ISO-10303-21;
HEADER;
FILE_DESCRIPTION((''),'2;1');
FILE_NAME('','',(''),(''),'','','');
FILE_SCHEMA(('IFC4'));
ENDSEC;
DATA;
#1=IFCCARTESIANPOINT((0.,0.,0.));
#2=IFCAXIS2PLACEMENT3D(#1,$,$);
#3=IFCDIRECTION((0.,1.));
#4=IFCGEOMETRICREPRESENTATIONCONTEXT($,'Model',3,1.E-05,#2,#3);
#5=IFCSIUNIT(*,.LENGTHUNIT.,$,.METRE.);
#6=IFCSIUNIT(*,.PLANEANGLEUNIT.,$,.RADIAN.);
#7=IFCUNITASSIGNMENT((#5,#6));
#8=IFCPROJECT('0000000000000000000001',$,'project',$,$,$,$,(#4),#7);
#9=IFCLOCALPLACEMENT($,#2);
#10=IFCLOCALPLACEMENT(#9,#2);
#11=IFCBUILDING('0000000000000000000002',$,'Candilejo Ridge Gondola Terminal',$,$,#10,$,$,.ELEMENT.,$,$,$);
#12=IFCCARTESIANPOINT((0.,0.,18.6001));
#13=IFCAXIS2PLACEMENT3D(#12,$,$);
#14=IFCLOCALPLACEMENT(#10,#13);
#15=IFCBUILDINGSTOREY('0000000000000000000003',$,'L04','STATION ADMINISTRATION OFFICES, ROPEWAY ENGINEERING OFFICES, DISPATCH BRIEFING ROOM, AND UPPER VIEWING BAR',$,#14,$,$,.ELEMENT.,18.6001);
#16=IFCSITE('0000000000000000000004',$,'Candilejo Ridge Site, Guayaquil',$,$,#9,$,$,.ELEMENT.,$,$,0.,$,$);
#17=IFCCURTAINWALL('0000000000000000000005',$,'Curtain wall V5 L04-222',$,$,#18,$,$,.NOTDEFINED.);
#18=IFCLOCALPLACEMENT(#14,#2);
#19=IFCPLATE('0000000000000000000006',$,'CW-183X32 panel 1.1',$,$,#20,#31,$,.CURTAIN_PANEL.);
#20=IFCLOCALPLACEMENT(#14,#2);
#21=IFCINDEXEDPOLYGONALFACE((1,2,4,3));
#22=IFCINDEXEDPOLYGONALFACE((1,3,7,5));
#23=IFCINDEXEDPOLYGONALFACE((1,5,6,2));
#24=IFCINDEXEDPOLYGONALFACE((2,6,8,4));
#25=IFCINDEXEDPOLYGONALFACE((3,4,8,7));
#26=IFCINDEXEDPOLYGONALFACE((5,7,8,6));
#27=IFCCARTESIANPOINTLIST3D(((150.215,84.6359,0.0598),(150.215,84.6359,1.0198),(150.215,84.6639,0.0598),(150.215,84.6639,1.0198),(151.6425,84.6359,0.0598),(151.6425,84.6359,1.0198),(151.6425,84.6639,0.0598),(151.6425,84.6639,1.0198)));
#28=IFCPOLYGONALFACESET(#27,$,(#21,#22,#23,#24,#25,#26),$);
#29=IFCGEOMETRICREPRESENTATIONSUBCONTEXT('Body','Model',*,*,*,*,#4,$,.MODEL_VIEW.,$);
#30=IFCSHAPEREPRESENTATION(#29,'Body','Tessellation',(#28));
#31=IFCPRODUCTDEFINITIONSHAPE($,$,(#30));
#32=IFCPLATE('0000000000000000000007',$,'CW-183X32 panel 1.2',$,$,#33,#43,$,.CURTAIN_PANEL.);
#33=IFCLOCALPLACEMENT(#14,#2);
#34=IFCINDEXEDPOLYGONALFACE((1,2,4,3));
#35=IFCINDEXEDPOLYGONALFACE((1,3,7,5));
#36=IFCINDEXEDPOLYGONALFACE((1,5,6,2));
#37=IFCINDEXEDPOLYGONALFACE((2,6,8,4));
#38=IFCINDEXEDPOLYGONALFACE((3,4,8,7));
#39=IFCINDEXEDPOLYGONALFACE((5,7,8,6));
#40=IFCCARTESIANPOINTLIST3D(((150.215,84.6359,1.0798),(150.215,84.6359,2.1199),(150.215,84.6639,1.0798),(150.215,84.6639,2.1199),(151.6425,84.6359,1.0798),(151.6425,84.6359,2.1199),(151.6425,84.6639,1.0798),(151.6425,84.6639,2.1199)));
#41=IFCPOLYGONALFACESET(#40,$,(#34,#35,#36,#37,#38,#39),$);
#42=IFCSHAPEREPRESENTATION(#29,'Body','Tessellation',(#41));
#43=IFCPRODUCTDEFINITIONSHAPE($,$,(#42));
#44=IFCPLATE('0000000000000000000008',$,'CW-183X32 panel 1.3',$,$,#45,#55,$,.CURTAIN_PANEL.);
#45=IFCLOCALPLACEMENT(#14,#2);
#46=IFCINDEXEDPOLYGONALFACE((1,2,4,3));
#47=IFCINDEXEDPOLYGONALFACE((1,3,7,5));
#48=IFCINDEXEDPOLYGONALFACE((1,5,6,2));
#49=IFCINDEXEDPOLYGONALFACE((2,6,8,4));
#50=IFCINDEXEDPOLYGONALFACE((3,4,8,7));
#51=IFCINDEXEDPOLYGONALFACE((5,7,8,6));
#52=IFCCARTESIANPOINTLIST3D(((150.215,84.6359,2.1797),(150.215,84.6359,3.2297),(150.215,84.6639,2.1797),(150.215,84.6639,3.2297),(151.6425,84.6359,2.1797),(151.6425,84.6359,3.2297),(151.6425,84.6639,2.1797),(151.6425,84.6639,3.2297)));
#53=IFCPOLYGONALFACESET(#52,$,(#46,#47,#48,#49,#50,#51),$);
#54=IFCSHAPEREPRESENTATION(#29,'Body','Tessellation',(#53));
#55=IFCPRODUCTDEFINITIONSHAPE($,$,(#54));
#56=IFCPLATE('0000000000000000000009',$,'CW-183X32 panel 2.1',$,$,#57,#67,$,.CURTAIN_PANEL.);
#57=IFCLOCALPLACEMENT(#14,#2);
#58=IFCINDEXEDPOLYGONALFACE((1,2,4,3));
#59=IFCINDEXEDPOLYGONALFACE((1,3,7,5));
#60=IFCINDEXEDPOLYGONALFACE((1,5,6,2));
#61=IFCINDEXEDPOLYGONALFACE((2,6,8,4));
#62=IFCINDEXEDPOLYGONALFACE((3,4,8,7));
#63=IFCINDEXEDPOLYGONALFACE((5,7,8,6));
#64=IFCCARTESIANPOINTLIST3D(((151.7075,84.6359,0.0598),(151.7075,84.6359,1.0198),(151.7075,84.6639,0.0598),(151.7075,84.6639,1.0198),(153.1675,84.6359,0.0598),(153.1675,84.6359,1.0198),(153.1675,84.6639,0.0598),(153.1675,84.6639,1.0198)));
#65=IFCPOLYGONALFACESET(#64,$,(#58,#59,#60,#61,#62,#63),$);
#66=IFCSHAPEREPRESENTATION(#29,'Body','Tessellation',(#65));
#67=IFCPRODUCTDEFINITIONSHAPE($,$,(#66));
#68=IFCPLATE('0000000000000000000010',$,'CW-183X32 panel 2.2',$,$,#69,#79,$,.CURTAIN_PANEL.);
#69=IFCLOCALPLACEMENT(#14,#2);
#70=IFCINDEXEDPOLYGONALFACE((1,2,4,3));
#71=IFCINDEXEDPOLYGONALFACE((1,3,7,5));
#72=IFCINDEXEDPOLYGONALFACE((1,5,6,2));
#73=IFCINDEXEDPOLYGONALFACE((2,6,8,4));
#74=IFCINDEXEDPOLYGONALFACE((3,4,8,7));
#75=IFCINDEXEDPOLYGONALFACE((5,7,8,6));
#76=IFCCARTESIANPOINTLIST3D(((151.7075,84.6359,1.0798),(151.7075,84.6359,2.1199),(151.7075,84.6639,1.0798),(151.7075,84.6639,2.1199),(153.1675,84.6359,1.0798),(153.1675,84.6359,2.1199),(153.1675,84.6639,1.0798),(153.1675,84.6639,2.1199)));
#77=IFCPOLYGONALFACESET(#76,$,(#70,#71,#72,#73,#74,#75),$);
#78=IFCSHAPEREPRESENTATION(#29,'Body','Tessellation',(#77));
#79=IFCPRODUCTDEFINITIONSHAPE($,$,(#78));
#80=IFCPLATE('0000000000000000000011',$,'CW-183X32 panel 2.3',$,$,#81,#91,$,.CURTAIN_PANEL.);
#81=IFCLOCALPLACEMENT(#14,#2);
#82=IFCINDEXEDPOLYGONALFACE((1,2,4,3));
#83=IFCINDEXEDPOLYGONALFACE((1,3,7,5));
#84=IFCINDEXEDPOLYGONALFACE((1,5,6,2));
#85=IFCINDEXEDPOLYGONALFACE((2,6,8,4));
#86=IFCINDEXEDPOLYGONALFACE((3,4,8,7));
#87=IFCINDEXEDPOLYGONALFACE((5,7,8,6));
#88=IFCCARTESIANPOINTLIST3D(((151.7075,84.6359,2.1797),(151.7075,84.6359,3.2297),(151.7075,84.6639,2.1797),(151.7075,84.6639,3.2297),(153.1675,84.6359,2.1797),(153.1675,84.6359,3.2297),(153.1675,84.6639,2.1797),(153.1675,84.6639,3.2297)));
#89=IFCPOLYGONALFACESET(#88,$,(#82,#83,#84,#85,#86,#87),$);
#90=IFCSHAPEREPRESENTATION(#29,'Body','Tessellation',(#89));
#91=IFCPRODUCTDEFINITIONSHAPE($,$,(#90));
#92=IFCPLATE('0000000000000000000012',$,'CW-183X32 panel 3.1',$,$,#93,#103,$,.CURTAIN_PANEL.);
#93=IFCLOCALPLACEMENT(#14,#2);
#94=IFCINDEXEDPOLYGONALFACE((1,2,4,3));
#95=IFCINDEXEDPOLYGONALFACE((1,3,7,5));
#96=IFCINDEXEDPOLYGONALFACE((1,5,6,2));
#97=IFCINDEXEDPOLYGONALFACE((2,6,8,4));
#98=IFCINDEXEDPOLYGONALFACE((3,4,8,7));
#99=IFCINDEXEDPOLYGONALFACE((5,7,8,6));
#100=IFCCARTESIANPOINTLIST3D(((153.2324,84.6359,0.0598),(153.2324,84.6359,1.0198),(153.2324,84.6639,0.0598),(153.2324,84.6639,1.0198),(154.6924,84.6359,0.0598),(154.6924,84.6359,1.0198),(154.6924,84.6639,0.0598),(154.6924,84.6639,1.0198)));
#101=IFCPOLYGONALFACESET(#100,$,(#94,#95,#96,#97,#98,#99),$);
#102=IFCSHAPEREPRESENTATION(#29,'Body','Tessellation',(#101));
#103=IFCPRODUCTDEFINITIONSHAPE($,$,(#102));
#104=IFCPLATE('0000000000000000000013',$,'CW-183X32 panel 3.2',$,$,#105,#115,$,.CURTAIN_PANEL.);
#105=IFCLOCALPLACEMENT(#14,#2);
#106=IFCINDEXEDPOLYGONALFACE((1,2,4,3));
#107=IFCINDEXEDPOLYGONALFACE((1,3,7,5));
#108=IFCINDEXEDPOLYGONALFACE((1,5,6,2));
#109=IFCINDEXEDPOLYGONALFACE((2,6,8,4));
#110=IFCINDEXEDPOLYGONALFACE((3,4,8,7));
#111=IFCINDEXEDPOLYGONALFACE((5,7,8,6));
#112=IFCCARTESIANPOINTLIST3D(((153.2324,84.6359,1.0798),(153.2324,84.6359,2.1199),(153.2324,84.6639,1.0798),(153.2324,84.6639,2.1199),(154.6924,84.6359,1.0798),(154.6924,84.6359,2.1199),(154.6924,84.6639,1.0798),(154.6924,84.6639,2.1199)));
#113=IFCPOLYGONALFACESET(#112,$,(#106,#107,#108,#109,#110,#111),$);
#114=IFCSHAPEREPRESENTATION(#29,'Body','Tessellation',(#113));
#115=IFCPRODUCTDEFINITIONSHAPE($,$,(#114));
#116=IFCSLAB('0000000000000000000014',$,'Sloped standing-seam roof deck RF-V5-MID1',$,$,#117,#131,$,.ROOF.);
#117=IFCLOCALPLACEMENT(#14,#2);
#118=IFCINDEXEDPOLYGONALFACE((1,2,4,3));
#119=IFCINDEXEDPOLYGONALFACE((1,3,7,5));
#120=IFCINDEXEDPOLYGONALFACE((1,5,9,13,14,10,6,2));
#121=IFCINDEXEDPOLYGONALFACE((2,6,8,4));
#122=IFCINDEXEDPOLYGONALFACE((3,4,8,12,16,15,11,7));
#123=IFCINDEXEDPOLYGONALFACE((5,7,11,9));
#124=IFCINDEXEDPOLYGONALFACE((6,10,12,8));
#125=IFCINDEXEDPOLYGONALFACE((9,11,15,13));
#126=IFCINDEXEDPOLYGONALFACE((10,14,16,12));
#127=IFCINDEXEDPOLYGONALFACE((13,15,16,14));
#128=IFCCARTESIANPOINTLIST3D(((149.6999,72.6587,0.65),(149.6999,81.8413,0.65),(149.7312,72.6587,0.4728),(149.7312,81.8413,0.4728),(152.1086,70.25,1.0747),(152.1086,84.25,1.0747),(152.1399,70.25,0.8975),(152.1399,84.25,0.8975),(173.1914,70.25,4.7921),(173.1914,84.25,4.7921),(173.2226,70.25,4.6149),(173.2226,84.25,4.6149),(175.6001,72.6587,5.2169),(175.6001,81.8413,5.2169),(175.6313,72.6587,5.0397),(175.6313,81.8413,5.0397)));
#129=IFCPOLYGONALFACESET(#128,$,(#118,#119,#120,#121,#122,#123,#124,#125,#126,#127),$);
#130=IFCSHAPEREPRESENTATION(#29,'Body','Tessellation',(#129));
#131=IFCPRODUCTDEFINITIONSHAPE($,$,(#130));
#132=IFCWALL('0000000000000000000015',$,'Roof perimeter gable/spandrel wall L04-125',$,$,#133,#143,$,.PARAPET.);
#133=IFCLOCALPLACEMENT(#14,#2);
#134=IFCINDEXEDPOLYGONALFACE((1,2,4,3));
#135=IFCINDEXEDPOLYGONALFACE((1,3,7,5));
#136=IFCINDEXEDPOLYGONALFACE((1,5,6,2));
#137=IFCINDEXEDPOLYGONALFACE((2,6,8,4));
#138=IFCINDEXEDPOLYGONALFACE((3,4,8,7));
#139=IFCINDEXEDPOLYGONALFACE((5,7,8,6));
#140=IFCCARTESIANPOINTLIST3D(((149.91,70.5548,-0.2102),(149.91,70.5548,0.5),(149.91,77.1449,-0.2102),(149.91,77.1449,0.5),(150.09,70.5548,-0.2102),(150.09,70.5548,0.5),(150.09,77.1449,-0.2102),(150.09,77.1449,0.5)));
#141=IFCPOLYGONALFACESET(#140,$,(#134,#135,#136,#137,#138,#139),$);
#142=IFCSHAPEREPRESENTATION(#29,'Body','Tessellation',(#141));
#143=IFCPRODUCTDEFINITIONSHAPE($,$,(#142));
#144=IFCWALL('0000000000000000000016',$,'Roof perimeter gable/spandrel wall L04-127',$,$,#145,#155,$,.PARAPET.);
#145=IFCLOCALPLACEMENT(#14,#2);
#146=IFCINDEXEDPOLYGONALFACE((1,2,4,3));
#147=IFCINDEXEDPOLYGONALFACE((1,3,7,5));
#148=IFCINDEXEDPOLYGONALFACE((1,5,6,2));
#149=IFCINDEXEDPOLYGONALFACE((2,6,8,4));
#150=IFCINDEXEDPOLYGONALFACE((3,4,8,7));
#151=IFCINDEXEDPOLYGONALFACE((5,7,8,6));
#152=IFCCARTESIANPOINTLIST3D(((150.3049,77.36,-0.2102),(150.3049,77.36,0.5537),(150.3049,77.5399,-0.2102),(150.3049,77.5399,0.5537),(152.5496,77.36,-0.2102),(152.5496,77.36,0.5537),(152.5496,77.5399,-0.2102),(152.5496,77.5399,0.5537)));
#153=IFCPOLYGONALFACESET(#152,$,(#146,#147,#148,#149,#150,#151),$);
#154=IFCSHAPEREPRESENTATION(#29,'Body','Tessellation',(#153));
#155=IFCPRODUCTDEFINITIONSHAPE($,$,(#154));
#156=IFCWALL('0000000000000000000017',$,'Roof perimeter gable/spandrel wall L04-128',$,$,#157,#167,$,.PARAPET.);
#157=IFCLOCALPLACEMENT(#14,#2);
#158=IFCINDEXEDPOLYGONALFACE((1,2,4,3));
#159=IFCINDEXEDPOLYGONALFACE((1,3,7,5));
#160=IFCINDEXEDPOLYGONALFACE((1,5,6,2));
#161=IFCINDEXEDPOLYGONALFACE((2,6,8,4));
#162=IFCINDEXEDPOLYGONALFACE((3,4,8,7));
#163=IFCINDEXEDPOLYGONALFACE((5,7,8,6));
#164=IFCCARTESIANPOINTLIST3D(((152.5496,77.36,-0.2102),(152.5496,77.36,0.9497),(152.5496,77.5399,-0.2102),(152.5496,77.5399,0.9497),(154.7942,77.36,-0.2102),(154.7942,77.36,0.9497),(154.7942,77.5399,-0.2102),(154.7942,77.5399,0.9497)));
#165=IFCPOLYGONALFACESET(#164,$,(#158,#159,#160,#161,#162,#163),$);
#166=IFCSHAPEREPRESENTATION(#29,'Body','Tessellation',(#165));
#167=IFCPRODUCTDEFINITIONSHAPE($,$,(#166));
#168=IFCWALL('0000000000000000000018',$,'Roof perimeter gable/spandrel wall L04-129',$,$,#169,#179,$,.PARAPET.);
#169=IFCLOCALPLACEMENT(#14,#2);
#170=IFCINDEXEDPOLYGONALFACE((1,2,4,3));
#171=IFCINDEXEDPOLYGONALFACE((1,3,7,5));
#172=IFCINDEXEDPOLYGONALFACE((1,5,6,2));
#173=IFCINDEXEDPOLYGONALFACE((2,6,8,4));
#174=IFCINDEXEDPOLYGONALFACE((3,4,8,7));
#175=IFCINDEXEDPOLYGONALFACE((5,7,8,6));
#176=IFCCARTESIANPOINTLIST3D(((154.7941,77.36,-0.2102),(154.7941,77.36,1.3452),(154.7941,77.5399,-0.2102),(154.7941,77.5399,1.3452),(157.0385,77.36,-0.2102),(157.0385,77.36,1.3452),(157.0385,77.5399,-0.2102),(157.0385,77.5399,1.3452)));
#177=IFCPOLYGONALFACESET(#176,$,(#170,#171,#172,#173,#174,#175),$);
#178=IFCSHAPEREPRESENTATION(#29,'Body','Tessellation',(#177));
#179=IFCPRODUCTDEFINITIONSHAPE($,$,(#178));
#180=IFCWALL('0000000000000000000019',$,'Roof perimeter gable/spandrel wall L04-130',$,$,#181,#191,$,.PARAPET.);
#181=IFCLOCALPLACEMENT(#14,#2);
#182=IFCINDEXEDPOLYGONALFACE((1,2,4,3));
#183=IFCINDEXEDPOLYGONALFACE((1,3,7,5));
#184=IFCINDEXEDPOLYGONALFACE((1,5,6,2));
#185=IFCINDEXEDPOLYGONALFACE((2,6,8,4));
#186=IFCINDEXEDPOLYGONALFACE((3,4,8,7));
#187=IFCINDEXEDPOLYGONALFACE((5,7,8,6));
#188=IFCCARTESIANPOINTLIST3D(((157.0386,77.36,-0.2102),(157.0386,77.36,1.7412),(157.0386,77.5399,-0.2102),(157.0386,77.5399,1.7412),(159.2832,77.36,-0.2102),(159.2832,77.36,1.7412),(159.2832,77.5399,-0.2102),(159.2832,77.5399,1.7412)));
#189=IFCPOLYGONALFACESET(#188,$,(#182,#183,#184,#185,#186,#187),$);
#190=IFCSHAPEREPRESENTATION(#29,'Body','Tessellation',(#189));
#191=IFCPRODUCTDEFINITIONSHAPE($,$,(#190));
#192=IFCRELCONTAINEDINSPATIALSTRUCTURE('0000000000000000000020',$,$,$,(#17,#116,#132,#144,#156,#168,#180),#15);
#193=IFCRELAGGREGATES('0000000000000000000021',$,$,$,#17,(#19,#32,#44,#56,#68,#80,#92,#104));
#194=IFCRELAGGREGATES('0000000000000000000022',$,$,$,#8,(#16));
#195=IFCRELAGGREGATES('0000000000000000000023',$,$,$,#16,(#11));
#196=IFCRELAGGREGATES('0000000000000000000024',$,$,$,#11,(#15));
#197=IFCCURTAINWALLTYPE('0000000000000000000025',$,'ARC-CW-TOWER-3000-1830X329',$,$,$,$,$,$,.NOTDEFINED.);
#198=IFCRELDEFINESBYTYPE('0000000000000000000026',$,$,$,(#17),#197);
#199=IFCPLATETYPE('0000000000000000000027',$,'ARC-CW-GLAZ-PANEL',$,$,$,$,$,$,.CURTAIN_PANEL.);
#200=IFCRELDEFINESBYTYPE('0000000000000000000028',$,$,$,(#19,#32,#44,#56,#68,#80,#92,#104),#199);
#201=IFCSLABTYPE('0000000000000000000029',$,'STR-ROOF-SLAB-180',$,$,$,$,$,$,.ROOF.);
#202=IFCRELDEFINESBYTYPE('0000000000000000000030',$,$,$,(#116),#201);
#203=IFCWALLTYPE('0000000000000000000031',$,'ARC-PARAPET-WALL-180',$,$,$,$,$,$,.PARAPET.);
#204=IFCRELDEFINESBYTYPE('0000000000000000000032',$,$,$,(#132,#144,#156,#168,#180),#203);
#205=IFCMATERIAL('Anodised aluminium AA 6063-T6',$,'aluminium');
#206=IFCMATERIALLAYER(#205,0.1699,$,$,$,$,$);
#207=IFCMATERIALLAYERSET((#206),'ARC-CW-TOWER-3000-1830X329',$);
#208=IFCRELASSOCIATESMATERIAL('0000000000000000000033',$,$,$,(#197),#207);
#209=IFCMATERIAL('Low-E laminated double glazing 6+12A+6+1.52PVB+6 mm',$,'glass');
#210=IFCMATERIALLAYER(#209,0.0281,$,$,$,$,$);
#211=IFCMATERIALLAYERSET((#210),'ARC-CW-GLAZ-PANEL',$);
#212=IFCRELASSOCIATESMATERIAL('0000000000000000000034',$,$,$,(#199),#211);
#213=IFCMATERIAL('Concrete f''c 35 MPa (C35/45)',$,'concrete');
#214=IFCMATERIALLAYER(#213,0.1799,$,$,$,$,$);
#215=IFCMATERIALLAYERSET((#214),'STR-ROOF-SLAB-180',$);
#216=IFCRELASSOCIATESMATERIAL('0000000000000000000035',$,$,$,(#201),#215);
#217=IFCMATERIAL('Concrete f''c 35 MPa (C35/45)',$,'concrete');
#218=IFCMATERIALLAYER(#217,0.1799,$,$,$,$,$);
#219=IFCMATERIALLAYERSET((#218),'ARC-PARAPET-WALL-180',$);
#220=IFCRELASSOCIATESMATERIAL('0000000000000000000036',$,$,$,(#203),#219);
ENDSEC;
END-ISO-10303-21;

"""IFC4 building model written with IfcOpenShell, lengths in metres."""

from ifc_helpers import new_model, si_unit, direction, frame, frame_2d, origin, origin_2d, place, context, subcontext, project, spatial, polyline, rectangle, outline, extrude, material, layer, layer_set, type_object, element, aggregate, save


model = new_model("IFC4")

# Units and contexts
model_context = context("Model", 3, precision=1e-05, world=origin(), true_north=direction((0.0, 1.0)))
body_context = subcontext(model_context, "Body", "Model", "MODEL_VIEW")
ifc_project = project(units=[si_unit("LENGTHUNIT", "METRE"), si_unit("PLANEANGLEUNIT", "RADIAN")], contexts=[model_context])

# Site, building, storey
site_placement = place(None, origin())
site = spatial("IfcSite", under=ifc_project, at=site_placement, Name="Candilejo Ridge Site, Guayaquil", CompositionType="ELEMENT", RefElevation=0.0)
building_placement = place(site_placement, origin())
building = spatial("IfcBuilding", under=site, at=building_placement, Name="Candilejo Ridge Gondola Terminal", CompositionType="ELEMENT")
storey_placement = place(building_placement, frame((0.0, 0.0, 18.6001)))
storey = spatial("IfcBuildingStorey", under=building, at=storey_placement, Name="L04", Description="STATION ADMINISTRATION OFFICES, ROPEWAY ENGINEERING OFFICES, DISPATCH BRIEFING ROOM, AND UPPER VIEWING BAR", CompositionType="ELEMENT", Elevation=18.6001)

# Curtain wall, plates
ifc_material_1 = material(Name="Anodised aluminium AA 6063-T6", Category="aluminium")
ifc_layer_1 = layer(ifc_material_1, 0.1699)
ifc_layer_set_1 = layer_set([ifc_layer_1], Name="ARC-CW-TOWER-3000-1830X329")
curtain_wall_type = type_object("IfcCurtainWallType", Name="ARC-CW-TOWER-3000-1830X329", PredefinedType="NOTDEFINED", material=ifc_layer_set_1)
curtain_wall_placement = place(storey_placement, origin())
curtain_wall = element("IfcCurtainWall", 1, at=curtain_wall_placement, inside=storey, type_object=curtain_wall_type, Name="Curtain wall V5 L04-222", PredefinedType="NOTDEFINED")
ifc_material_2 = material(Name="Low-E laminated double glazing 6+12A+6+1.52PVB+6 mm", Category="glass")
ifc_layer_2 = layer(ifc_material_2, 0.0281)
ifc_layer_set_2 = layer_set([ifc_layer_2], Name="ARC-CW-GLAZ-PANEL")
plate_type = type_object("IfcPlateType", Name="ARC-CW-GLAZ-PANEL", PredefinedType="CURTAIN_PANEL", material=ifc_layer_set_2)
plate_1_placement = place(storey_placement, frame((150.9287, 84.6499, 0.0598), z_axis=(0.0, 0.0, 1.0), x_axis=(1.0, 0.0, 0.0)))
plate_1 = element("IfcPlate", 2, at=plate_1_placement, type_object=plate_type, Name="CW-183X32 panel 1.1", PredefinedType="CURTAIN_PANEL", context=body_context, shape_type="SweptSolid", body=[
    extrude(rectangle(XDim=1.4275, YDim=0.0281, at=origin_2d()), origin(), (0.0, 0.0, 1.0), 0.96),
])
plate_2_placement = place(storey_placement, frame((150.9287, 84.6499, 1.0798), z_axis=(0.0, 0.0, 1.0), x_axis=(1.0, 0.0, 0.0)))
plate_2 = element("IfcPlate", 3, at=plate_2_placement, type_object=plate_type, Name="CW-183X32 panel 1.2", PredefinedType="CURTAIN_PANEL", context=body_context, shape_type="SweptSolid", body=[
    extrude(rectangle(XDim=1.4275, YDim=0.0281, at=origin_2d()), origin(), (0.0, 0.0, 1.0), 1.04),
])
plate_3_placement = place(storey_placement, frame((150.9287, 84.6499, 2.1797), z_axis=(0.0, 0.0, 1.0), x_axis=(1.0, 0.0, 0.0)))
plate_3 = element("IfcPlate", 4, at=plate_3_placement, type_object=plate_type, Name="CW-183X32 panel 1.3", PredefinedType="CURTAIN_PANEL", context=body_context, shape_type="SweptSolid", body=[
    extrude(rectangle(XDim=1.4275, YDim=0.0281, at=origin_2d()), origin(), (0.0, 0.0, 1.0), 1.05),
])
plate_4_placement = place(storey_placement, frame((152.4375, 84.6499, 0.0598), z_axis=(0.0, 0.0, 1.0), x_axis=(1.0, 0.0, 0.0)))
plate_4 = element("IfcPlate", 5, at=plate_4_placement, type_object=plate_type, Name="CW-183X32 panel 2.1", PredefinedType="CURTAIN_PANEL", context=body_context, shape_type="SweptSolid", body=[
    extrude(rectangle(XDim=1.46, YDim=0.0281, at=origin_2d()), origin(), (0.0, 0.0, 1.0), 0.96),
])
plate_5_placement = place(storey_placement, frame((152.4375, 84.6499, 1.0798), z_axis=(0.0, 0.0, 1.0), x_axis=(1.0, 0.0, 0.0)))
plate_5 = element("IfcPlate", 6, at=plate_5_placement, type_object=plate_type, Name="CW-183X32 panel 2.2", PredefinedType="CURTAIN_PANEL", context=body_context, shape_type="SweptSolid", body=[
    extrude(rectangle(XDim=1.46, YDim=0.0281, at=origin_2d()), origin(), (0.0, 0.0, 1.0), 1.04),
])
plate_6_placement = place(storey_placement, frame((152.4375, 84.6499, 2.1797), z_axis=(0.0, 0.0, 1.0), x_axis=(1.0, 0.0, 0.0)))
plate_6 = element("IfcPlate", 7, at=plate_6_placement, type_object=plate_type, Name="CW-183X32 panel 2.3", PredefinedType="CURTAIN_PANEL", context=body_context, shape_type="SweptSolid", body=[
    extrude(rectangle(XDim=1.46, YDim=0.0281, at=origin_2d()), origin(), (0.0, 0.0, 1.0), 1.05),
])
plate_7_placement = place(storey_placement, frame((153.9624, 84.6499, 0.0598), z_axis=(0.0, 0.0, 1.0), x_axis=(1.0, 0.0, 0.0)))
plate_7 = element("IfcPlate", 8, at=plate_7_placement, type_object=plate_type, Name="CW-183X32 panel 3.1", PredefinedType="CURTAIN_PANEL", context=body_context, shape_type="SweptSolid", body=[
    extrude(rectangle(XDim=1.46, YDim=0.0281, at=origin_2d()), origin(), (0.0, 0.0, 1.0), 0.96),
])
plate_8_placement = place(storey_placement, frame((153.9624, 84.6499, 1.0798), z_axis=(0.0, 0.0, 1.0), x_axis=(1.0, 0.0, 0.0)))
plate_8 = element("IfcPlate", 9, at=plate_8_placement, type_object=plate_type, Name="CW-183X32 panel 3.2", PredefinedType="CURTAIN_PANEL", context=body_context, shape_type="SweptSolid", body=[
    extrude(rectangle(XDim=1.46, YDim=0.0281, at=origin_2d()), origin(), (0.0, 0.0, 1.0), 1.04),
])
aggregate(curtain_wall, [plate_1, plate_2, plate_3, plate_4, plate_5, plate_6, plate_7, plate_8])

# Slab
ifc_material_3 = material(Name="Concrete f'c 35 MPa (C35/45)", Category="concrete")
ifc_layer_3 = layer(ifc_material_3, 0.1799)
ifc_layer_set_3 = layer_set([ifc_layer_3], Name="STR-ROOF-SLAB-180")
slab_type = type_object("IfcSlabType", Name="STR-ROOF-SLAB-180", PredefinedType="ROOF", material=ifc_layer_set_3)
slab_placement = place(storey_placement, frame((152.1086, 70.25, 1.0747), z_axis=(-0.173647, 0.0, 0.984808), x_axis=(0.984808, 0.0, 0.173647)))
element("IfcSlab", 10, at=slab_placement, inside=storey, type_object=slab_type, Name="Sloped standing-seam roof deck RF-V5-MID1", PredefinedType="ROOF", context=body_context, shape_type="SweptSolid", body=[
    extrude(outline(polyline([(0.0, 0.0), (21.408, 0.0), (23.8538, 2.4087), (23.8538, 11.5913), (21.408, 14.0), (0.0, 14.0), (-2.4459, 11.5913), (-2.4459, 2.4087), (0.0, 0.0)])), origin(), (0.0, 0.0, -1.0), 0.1799),
])

# Walls
ifc_material_4 = material(Name="Concrete f'c 35 MPa (C35/45)", Category="concrete")
ifc_layer_4 = layer(ifc_material_4, 0.1799)
ifc_layer_set_4 = layer_set([ifc_layer_4], Name="ARC-PARAPET-WALL-180")
wall_type = type_object("IfcWallType", Name="ARC-PARAPET-WALL-180", PredefinedType="PARAPET", material=ifc_layer_set_4)
wall_1_placement = place(storey_placement, frame((150.0, 70.5549, -0.2102), z_axis=(0.0, 0.0, 1.0), x_axis=(0.0, 1.0, 0.0)))
element("IfcWall", 11, at=wall_1_placement, inside=storey, type_object=wall_type, Name="Roof perimeter gable/spandrel wall L04-125", PredefinedType="PARAPET", context=body_context, shape_type="SweptSolid", body=[
    extrude(rectangle(XDim=6.5901, YDim=0.1799, at=frame_2d((3.2949, 0.0))), origin(), (0.0, 0.0, 1.0), 0.7102),
])
wall_2_placement = place(storey_placement, frame((150.3049, 77.45, -0.2102), z_axis=(0.0, 0.0, 1.0), x_axis=(1.0, 0.0, 0.0)))
element("IfcWall", 12, at=wall_2_placement, inside=storey, type_object=wall_type, Name="Roof perimeter gable/spandrel wall L04-127", PredefinedType="PARAPET", context=body_context, shape_type="SweptSolid", body=[
    extrude(rectangle(XDim=2.2446, YDim=0.1799, at=frame_2d((1.1223, 0.0))), origin(), (0.0, 0.0, 1.0), 0.7639),
])
wall_3_placement = place(storey_placement, frame((152.5496, 77.45, -0.2102), z_axis=(0.0, 0.0, 1.0), x_axis=(1.0, 0.0, 0.0)))
element("IfcWall", 13, at=wall_3_placement, inside=storey, type_object=wall_type, Name="Roof perimeter gable/spandrel wall L04-128", PredefinedType="PARAPET", context=body_context, shape_type="SweptSolid", body=[
    extrude(rectangle(XDim=2.2446, YDim=0.1799, at=frame_2d((1.1223, 0.0))), origin(), (0.0, 0.0, 1.0), 1.1599),
])
wall_4_placement = place(storey_placement, frame((154.7942, 77.45, -0.2102), z_axis=(0.0, 0.0, 1.0), x_axis=(1.0, 0.0, 0.0)))
element("IfcWall", 14, at=wall_4_placement, inside=storey, type_object=wall_type, Name="Roof perimeter gable/spandrel wall L04-129", PredefinedType="PARAPET", context=body_context, shape_type="SweptSolid", body=[
    extrude(rectangle(XDim=2.2444, YDim=0.1799, at=frame_2d((1.1221, 0.0))), origin(), (0.0, 0.0, 1.0), 1.5554),
])
wall_5_placement = place(storey_placement, frame((157.0386, 77.45, -0.2102), z_axis=(0.0, 0.0, 1.0), x_axis=(1.0, 0.0, 0.0)))
element("IfcWall", 15, at=wall_5_placement, inside=storey, type_object=wall_type, Name="Roof perimeter gable/spandrel wall L04-130", PredefinedType="PARAPET", context=body_context, shape_type="SweptSolid", body=[
    extrude(rectangle(XDim=2.2446, YDim=0.1799, at=frame_2d((1.1223, 0.0))), origin(), (0.0, 0.0, 1.0), 1.9514),
])

save(model, "model.ifc")
